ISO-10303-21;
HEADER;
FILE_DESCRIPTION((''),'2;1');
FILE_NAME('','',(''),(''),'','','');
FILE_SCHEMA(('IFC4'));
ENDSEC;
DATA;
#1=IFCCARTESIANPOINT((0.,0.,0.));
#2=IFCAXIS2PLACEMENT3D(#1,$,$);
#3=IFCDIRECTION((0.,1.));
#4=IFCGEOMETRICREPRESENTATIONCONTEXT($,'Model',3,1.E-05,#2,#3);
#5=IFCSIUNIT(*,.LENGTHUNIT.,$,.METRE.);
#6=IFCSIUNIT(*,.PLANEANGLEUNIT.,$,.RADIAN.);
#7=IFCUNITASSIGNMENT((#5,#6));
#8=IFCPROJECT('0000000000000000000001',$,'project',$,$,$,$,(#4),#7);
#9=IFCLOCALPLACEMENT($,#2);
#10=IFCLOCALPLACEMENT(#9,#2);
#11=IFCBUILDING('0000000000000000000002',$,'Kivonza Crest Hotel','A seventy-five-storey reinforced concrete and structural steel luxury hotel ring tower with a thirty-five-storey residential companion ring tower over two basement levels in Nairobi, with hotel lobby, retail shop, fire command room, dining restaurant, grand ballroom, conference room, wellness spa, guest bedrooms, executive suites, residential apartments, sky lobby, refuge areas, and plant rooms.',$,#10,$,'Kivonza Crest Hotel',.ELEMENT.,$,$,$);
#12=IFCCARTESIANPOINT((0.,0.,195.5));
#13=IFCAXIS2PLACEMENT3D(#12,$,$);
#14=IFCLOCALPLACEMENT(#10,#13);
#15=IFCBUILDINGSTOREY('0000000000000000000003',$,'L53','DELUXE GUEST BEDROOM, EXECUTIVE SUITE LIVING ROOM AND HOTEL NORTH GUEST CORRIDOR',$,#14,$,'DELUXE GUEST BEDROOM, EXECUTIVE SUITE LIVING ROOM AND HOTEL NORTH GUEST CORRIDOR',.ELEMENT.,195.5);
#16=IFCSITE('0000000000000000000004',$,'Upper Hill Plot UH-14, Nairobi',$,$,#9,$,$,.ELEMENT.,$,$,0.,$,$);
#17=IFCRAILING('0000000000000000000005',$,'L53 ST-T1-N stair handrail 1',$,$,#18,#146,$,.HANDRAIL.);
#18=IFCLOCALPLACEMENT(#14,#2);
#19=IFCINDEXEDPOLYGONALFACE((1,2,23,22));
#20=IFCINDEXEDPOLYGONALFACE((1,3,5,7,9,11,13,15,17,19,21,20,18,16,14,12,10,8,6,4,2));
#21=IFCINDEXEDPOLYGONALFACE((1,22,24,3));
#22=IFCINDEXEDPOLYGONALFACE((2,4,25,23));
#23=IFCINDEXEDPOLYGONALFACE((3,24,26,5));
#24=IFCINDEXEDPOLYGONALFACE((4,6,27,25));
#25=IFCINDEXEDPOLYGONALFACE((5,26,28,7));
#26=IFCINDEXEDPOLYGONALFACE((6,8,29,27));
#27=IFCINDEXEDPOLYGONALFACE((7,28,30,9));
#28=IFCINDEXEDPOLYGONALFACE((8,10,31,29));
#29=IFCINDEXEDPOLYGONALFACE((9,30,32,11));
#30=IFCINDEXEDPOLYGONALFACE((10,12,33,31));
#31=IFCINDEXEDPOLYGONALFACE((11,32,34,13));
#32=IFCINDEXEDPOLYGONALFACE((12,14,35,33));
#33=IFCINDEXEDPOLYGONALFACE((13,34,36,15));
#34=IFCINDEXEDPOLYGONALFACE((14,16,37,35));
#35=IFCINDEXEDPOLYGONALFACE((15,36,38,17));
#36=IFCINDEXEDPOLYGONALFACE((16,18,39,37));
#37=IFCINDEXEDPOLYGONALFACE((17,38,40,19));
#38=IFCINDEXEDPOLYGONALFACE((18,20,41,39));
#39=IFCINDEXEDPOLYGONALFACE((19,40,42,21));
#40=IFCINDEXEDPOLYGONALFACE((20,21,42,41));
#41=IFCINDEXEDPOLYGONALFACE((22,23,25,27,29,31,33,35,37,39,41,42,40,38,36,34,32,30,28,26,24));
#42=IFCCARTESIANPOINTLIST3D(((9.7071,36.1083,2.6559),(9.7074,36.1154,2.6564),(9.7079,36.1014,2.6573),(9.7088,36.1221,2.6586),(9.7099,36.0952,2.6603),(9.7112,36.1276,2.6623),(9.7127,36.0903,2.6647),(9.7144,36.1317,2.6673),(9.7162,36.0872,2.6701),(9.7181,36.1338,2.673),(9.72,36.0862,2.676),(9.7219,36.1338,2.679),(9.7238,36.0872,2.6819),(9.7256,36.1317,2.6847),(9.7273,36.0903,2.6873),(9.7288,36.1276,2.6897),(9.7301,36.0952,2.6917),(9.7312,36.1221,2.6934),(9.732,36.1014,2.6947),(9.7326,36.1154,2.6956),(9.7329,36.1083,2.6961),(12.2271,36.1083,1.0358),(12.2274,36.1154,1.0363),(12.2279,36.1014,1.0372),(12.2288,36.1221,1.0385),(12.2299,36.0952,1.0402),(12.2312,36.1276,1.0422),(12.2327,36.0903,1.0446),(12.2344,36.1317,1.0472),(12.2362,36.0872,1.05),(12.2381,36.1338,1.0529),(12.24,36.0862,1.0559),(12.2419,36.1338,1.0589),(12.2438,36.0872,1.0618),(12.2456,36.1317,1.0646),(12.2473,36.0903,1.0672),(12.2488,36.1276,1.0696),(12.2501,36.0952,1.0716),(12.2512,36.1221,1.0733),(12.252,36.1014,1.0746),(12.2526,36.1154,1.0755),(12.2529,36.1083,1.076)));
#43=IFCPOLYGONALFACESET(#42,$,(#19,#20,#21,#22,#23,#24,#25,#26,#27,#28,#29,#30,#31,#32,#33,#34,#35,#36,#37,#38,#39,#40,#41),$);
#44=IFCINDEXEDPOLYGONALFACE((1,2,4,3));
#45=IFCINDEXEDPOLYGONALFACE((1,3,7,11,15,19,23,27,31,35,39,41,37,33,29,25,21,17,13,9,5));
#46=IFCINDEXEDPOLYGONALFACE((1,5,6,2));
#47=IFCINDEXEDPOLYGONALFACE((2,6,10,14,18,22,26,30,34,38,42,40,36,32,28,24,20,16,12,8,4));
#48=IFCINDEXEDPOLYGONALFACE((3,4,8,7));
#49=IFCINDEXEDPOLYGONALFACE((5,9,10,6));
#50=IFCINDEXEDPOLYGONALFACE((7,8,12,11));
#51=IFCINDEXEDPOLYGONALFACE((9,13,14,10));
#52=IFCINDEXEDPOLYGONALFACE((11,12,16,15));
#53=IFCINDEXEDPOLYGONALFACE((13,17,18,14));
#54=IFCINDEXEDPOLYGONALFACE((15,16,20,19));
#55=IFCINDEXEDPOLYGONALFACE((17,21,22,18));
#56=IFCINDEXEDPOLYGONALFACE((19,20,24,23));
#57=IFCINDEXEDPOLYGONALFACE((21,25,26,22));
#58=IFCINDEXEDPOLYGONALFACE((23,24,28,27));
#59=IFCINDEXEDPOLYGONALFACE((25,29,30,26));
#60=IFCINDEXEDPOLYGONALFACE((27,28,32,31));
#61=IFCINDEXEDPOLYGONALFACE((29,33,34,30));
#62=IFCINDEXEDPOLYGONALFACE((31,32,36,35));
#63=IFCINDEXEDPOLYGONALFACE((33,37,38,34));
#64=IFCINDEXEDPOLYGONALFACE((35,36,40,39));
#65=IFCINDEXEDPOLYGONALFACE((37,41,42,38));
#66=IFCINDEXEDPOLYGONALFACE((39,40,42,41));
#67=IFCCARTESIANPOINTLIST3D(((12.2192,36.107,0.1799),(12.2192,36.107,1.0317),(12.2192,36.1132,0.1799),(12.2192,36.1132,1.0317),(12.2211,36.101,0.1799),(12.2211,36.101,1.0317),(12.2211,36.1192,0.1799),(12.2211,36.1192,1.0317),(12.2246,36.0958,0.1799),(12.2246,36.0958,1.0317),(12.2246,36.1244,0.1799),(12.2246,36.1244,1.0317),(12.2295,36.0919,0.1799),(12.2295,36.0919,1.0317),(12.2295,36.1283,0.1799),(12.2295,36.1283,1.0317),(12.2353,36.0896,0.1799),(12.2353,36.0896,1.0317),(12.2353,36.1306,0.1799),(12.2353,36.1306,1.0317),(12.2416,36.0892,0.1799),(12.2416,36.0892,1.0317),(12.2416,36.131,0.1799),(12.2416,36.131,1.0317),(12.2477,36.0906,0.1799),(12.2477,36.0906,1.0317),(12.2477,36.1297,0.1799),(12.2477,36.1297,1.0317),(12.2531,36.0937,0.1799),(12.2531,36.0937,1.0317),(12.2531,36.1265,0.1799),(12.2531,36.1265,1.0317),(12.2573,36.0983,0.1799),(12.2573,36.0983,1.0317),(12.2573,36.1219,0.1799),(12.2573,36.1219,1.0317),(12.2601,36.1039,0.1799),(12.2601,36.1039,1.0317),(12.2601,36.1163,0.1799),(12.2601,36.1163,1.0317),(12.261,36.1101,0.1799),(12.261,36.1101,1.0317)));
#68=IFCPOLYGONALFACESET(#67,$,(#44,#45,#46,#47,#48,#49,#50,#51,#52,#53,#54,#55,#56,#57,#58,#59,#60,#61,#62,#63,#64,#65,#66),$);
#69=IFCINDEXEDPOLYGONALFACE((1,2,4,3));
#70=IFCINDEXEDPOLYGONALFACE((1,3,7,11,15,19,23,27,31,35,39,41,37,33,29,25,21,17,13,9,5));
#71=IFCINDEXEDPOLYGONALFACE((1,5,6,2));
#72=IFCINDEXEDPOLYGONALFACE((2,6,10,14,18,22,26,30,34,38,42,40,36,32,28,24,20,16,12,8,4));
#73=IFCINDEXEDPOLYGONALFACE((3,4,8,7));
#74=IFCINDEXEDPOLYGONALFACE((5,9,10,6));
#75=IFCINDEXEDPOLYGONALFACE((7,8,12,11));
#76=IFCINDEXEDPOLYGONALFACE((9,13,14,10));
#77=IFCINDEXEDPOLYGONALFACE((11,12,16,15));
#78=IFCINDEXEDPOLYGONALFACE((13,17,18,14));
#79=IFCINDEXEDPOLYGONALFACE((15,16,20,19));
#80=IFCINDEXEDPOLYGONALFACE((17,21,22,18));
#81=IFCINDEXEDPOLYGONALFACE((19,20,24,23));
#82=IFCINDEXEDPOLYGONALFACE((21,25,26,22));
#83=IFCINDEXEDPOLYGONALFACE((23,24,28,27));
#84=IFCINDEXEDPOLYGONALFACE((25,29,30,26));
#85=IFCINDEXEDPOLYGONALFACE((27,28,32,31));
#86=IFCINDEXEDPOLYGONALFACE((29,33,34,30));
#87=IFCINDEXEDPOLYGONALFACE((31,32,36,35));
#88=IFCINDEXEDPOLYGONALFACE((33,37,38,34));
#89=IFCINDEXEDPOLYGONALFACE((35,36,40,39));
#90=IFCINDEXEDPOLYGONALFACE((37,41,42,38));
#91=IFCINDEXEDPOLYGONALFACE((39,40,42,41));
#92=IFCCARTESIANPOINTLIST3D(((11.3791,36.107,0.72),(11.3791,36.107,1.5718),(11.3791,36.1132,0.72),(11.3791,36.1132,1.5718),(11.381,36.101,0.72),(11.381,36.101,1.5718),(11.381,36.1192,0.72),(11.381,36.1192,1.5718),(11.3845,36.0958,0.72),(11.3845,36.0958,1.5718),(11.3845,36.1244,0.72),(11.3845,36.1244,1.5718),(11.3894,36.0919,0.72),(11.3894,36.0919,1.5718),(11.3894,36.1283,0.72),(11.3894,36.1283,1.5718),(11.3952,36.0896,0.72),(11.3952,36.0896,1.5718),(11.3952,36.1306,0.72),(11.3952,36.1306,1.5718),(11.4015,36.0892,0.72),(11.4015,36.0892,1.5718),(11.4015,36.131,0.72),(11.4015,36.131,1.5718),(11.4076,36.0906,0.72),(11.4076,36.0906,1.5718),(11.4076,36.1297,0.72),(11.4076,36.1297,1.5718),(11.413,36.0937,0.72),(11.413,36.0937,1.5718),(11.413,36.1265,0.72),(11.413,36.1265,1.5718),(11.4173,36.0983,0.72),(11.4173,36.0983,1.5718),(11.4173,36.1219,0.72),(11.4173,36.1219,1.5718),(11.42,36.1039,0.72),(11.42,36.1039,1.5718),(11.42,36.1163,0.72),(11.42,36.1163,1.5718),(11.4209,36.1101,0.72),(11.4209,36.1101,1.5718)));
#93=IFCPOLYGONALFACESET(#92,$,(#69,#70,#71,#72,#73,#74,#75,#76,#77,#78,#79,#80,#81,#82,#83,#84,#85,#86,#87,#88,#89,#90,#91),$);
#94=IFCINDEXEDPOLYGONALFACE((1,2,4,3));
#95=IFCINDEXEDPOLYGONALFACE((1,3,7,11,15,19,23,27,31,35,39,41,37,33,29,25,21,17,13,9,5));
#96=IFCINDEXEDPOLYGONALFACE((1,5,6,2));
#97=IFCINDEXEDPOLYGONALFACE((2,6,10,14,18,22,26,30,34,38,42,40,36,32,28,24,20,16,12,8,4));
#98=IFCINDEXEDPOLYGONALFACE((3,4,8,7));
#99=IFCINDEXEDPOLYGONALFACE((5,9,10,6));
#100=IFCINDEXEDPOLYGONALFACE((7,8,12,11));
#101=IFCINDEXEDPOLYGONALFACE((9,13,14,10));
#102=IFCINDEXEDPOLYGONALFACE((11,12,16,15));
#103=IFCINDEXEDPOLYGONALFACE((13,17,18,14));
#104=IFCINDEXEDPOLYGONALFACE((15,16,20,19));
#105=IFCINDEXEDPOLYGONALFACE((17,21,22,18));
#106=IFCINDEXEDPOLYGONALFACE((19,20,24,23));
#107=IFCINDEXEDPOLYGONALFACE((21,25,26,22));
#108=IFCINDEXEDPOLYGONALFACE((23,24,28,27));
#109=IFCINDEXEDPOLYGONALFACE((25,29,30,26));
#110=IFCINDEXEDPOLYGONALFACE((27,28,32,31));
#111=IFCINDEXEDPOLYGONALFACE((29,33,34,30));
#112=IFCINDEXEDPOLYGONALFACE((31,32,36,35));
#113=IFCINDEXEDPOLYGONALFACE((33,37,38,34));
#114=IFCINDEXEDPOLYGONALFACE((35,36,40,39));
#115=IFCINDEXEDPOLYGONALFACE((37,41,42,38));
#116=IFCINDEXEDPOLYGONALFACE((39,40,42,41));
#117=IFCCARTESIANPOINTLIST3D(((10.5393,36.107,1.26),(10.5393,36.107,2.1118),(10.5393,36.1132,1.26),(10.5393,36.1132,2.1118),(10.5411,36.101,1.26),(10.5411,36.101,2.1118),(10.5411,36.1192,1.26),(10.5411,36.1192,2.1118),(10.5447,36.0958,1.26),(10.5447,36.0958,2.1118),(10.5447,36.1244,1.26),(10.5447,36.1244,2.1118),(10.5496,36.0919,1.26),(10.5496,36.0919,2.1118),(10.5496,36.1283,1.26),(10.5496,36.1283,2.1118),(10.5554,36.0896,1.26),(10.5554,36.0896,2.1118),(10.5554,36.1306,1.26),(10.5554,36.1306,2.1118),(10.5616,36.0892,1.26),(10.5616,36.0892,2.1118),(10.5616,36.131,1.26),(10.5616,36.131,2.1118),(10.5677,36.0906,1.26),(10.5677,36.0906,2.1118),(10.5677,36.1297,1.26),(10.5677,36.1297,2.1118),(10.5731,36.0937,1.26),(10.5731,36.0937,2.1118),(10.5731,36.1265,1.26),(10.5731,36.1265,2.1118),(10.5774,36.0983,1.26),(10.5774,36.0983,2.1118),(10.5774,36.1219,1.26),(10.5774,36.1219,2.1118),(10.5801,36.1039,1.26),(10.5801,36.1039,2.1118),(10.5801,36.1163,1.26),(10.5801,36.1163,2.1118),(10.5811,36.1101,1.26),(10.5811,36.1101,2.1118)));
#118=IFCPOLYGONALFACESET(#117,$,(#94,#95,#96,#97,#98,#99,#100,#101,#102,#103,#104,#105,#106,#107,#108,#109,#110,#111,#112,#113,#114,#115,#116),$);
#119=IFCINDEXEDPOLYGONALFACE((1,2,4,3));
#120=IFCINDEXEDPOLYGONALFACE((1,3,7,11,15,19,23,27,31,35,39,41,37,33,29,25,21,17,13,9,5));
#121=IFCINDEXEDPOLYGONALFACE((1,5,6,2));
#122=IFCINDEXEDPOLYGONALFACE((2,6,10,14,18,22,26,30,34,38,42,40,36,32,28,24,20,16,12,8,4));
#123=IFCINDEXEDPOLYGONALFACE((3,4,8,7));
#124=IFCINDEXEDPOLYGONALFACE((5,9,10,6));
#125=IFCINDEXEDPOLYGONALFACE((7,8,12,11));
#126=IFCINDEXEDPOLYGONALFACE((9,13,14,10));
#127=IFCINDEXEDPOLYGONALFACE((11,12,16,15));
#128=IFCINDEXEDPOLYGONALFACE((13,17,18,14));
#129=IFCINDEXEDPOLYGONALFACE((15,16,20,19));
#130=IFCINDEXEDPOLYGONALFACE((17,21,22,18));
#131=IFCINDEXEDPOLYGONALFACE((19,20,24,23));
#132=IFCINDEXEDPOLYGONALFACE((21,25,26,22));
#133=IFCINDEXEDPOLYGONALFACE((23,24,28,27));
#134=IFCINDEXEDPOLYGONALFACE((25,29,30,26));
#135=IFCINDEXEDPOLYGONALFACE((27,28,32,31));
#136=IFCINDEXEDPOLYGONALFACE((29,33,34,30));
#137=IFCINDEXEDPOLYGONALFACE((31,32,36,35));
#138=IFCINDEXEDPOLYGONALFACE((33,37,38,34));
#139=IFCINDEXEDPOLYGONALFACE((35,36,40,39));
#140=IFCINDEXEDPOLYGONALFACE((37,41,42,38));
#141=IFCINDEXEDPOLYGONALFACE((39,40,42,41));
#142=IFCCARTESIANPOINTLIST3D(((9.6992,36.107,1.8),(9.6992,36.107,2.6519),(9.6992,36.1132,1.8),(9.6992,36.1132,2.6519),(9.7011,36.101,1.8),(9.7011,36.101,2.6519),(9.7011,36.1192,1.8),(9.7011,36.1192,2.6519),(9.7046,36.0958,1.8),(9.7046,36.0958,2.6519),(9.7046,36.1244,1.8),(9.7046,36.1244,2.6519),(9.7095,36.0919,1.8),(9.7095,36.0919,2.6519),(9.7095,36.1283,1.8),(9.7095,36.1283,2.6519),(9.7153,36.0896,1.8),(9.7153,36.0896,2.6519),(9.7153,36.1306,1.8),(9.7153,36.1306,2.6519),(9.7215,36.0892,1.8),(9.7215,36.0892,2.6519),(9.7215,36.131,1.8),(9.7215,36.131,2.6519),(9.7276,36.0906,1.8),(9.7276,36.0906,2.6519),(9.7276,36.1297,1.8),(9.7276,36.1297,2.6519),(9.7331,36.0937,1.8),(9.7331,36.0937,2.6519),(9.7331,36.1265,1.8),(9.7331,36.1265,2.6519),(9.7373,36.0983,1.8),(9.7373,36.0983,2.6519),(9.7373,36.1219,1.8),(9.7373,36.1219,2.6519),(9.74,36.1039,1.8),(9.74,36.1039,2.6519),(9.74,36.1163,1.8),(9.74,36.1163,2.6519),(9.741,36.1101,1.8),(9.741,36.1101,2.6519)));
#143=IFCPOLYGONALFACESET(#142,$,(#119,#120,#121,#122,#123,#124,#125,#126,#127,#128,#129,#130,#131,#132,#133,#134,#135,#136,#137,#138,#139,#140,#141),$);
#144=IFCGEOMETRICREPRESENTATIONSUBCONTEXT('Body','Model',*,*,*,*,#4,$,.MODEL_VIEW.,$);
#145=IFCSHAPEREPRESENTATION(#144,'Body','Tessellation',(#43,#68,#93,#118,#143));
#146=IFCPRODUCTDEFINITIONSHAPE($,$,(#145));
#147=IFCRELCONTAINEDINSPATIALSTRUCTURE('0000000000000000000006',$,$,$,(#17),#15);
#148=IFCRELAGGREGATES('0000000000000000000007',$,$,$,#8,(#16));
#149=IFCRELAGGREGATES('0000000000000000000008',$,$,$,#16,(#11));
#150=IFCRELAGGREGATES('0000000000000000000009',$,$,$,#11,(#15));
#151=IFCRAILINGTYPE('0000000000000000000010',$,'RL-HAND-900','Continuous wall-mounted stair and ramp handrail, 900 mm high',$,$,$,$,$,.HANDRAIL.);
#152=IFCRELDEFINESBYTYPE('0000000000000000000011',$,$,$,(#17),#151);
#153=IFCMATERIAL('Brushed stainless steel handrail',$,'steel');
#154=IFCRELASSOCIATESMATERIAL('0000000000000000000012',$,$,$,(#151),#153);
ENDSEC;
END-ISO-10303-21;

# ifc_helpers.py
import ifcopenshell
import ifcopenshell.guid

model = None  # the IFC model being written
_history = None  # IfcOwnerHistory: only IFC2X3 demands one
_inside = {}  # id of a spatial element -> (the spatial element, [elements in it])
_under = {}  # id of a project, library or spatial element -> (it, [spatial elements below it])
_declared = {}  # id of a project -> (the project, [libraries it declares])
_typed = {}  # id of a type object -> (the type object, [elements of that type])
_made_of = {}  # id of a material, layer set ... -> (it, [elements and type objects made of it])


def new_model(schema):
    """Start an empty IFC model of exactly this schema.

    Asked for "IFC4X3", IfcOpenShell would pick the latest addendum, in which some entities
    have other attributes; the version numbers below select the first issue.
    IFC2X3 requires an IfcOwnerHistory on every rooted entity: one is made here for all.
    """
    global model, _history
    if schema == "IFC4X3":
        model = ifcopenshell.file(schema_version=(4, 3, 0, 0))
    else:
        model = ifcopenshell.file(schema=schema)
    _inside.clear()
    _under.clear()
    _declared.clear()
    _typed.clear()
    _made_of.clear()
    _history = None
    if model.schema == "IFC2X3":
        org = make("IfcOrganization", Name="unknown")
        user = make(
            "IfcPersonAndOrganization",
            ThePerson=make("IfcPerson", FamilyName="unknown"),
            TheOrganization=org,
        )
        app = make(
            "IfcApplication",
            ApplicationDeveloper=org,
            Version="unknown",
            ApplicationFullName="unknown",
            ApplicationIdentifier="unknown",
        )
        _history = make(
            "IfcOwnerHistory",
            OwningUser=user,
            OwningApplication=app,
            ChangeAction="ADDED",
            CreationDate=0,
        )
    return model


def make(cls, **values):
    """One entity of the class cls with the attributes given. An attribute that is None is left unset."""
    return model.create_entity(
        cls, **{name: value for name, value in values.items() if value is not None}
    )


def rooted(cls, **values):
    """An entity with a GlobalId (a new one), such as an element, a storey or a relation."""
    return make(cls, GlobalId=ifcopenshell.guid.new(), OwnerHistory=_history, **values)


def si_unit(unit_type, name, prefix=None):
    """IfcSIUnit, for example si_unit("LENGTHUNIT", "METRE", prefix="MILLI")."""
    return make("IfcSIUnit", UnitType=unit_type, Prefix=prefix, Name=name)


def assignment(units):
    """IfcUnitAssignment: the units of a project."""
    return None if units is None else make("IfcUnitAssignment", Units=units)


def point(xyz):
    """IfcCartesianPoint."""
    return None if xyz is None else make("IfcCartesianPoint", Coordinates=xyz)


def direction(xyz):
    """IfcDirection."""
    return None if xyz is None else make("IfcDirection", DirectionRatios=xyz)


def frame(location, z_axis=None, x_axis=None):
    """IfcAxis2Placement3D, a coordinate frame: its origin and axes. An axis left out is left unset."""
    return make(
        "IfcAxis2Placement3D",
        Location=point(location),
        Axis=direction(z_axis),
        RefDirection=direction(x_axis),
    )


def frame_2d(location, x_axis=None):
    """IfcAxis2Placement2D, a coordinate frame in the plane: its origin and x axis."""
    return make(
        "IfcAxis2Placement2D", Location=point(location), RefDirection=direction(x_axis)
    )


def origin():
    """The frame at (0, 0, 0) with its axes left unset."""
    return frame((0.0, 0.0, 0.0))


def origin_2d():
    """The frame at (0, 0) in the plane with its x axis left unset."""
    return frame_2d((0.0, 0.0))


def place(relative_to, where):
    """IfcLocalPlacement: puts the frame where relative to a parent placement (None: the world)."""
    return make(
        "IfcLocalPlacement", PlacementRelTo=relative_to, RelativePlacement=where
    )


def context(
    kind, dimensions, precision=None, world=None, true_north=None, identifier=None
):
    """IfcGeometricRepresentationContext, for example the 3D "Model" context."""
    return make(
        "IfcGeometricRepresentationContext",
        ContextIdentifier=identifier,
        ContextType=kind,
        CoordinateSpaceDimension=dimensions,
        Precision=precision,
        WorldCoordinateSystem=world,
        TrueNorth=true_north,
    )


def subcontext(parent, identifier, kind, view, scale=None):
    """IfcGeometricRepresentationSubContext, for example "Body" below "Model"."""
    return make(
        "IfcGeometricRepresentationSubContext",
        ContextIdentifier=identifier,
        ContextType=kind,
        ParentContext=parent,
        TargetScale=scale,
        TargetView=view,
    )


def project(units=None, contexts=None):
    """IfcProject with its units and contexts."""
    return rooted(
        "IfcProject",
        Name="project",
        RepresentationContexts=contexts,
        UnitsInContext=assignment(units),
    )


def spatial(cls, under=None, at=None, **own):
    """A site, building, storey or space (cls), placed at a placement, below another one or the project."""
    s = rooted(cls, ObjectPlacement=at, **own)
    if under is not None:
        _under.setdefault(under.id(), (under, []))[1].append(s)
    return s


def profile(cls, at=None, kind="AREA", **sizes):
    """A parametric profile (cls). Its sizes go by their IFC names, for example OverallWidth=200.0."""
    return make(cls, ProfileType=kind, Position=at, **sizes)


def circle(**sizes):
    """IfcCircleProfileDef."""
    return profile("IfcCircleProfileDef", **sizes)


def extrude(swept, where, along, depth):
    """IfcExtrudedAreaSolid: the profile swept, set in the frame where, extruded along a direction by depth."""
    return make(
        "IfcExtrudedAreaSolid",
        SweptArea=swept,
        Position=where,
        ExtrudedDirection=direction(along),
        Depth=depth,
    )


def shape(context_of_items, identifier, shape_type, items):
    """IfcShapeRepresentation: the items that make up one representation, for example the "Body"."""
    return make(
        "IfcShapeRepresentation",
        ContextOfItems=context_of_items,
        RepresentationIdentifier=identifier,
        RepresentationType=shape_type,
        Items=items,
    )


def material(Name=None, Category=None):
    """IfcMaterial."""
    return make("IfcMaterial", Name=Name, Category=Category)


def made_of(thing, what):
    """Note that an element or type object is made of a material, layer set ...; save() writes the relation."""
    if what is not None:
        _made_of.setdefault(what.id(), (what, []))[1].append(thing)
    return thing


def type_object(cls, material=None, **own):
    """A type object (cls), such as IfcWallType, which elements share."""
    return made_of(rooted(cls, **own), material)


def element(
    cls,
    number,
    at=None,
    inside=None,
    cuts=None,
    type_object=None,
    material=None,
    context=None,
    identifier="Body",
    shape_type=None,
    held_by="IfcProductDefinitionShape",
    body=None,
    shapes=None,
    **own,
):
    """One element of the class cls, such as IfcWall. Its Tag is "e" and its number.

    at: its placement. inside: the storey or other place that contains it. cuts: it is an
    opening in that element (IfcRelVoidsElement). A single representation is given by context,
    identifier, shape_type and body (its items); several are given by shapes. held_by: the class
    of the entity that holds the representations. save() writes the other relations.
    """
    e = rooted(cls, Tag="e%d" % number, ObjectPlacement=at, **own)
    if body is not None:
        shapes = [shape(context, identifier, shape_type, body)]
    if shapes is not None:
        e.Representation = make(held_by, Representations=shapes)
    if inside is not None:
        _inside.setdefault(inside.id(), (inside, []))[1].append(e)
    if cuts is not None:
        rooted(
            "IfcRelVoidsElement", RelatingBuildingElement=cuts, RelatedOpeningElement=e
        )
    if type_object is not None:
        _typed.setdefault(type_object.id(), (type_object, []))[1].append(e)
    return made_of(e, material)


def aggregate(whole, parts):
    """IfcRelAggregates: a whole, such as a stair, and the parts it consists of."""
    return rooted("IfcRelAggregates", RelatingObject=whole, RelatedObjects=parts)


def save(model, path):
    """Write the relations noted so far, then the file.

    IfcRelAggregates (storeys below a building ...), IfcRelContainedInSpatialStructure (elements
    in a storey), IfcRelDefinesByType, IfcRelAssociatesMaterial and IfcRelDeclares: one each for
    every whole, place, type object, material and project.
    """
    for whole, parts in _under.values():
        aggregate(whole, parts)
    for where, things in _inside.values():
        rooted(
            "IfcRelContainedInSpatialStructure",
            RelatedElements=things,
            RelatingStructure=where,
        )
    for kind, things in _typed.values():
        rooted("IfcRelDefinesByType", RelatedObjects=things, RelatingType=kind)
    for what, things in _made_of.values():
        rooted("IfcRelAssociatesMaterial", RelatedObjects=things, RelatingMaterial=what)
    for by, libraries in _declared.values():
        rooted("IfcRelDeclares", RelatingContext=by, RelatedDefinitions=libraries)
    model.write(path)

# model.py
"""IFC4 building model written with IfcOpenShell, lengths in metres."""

from ifc_helpers import new_model, si_unit, direction, frame, origin, origin_2d, place, context, subcontext, project, spatial, circle, extrude, material, type_object, element, save


model = new_model("IFC4")

# Units and contexts
model_context = context("Model", 3, precision=1e-05, world=origin(), true_north=direction((0.0, 1.0)))
body_context = subcontext(model_context, "Body", "Model", "MODEL_VIEW")
ifc_project = project(units=[si_unit("LENGTHUNIT", "METRE"), si_unit("PLANEANGLEUNIT", "RADIAN")], contexts=[model_context])

# Site, building, storey
site_placement = place(None, origin())
site = spatial("IfcSite", under=ifc_project, at=site_placement, Name="Upper Hill Plot UH-14, Nairobi", CompositionType="ELEMENT", RefElevation=0.0)
building_placement = place(site_placement, origin())
building = spatial("IfcBuilding", under=site, at=building_placement, Name="Kivonza Crest Hotel", Description="A seventy-five-storey reinforced concrete and structural steel luxury hotel ring tower with a thirty-five-storey residential companion ring tower over two basement levels in Nairobi, with hotel lobby, retail shop, fire command room, dining restaurant, grand ballroom, conference room, wellness spa, guest bedrooms, executive suites, residential apartments, sky lobby, refuge areas, and plant rooms.", LongName="Kivonza Crest Hotel", CompositionType="ELEMENT")
storey_placement = place(building_placement, frame((0.0, 0.0, 195.5)))
storey = spatial("IfcBuildingStorey", under=building, at=storey_placement, Name="L53", Description="DELUXE GUEST BEDROOM, EXECUTIVE SUITE LIVING ROOM AND HOTEL NORTH GUEST CORRIDOR", LongName="DELUXE GUEST BEDROOM, EXECUTIVE SUITE LIVING ROOM AND HOTEL NORTH GUEST CORRIDOR", CompositionType="ELEMENT", Elevation=195.5)

# Railing
ifc_material_1 = material(Name="Brushed stainless steel handrail", Category="steel")
railing_type_1 = type_object("IfcRailingType", Name="RL-HAND-900", Description="Continuous wall-mounted stair and ramp handrail, 900 mm high", PredefinedType="HANDRAIL", material=ifc_material_1)
railing_1_placement = place(storey_placement, frame((12.24, 36.1101, 0.1799)))
element("IfcRailing", 1, at=railing_1_placement, inside=storey, type_object=railing_type_1, Name="L53 ST-T1-N stair handrail 1", PredefinedType="HANDRAIL", context=body_context, shape_type="SweptSolid", body=[
    extrude(circle(Radius=0.0239, at=origin_2d()), frame((0.0, 0.0, 0.876), z_axis=(-0.841163, 0.0, 0.540782), x_axis=(0.0, -1.0, 0.0)), (0.0, 0.0, 1.0), 2.9958),
    extrude(circle(Radius=0.021, at=origin_2d()), origin(), (0.0, 0.0, 1.0), 0.8518),
    extrude(circle(Radius=0.021, at=origin_2d()), frame((-0.8401, 0.0, 0.54)), (0.0, 0.0, 1.0), 0.8518),
    extrude(circle(Radius=0.021, at=origin_2d()), frame((-1.6799, 0.0, 1.0801)), (0.0, 0.0, 1.0), 0.8518),
    extrude(circle(Radius=0.021, at=origin_2d()), frame((-2.52, 0.0, 1.6201)), (0.0, 0.0, 1.0), 0.8518),
])

save(model, "model.ifc")
